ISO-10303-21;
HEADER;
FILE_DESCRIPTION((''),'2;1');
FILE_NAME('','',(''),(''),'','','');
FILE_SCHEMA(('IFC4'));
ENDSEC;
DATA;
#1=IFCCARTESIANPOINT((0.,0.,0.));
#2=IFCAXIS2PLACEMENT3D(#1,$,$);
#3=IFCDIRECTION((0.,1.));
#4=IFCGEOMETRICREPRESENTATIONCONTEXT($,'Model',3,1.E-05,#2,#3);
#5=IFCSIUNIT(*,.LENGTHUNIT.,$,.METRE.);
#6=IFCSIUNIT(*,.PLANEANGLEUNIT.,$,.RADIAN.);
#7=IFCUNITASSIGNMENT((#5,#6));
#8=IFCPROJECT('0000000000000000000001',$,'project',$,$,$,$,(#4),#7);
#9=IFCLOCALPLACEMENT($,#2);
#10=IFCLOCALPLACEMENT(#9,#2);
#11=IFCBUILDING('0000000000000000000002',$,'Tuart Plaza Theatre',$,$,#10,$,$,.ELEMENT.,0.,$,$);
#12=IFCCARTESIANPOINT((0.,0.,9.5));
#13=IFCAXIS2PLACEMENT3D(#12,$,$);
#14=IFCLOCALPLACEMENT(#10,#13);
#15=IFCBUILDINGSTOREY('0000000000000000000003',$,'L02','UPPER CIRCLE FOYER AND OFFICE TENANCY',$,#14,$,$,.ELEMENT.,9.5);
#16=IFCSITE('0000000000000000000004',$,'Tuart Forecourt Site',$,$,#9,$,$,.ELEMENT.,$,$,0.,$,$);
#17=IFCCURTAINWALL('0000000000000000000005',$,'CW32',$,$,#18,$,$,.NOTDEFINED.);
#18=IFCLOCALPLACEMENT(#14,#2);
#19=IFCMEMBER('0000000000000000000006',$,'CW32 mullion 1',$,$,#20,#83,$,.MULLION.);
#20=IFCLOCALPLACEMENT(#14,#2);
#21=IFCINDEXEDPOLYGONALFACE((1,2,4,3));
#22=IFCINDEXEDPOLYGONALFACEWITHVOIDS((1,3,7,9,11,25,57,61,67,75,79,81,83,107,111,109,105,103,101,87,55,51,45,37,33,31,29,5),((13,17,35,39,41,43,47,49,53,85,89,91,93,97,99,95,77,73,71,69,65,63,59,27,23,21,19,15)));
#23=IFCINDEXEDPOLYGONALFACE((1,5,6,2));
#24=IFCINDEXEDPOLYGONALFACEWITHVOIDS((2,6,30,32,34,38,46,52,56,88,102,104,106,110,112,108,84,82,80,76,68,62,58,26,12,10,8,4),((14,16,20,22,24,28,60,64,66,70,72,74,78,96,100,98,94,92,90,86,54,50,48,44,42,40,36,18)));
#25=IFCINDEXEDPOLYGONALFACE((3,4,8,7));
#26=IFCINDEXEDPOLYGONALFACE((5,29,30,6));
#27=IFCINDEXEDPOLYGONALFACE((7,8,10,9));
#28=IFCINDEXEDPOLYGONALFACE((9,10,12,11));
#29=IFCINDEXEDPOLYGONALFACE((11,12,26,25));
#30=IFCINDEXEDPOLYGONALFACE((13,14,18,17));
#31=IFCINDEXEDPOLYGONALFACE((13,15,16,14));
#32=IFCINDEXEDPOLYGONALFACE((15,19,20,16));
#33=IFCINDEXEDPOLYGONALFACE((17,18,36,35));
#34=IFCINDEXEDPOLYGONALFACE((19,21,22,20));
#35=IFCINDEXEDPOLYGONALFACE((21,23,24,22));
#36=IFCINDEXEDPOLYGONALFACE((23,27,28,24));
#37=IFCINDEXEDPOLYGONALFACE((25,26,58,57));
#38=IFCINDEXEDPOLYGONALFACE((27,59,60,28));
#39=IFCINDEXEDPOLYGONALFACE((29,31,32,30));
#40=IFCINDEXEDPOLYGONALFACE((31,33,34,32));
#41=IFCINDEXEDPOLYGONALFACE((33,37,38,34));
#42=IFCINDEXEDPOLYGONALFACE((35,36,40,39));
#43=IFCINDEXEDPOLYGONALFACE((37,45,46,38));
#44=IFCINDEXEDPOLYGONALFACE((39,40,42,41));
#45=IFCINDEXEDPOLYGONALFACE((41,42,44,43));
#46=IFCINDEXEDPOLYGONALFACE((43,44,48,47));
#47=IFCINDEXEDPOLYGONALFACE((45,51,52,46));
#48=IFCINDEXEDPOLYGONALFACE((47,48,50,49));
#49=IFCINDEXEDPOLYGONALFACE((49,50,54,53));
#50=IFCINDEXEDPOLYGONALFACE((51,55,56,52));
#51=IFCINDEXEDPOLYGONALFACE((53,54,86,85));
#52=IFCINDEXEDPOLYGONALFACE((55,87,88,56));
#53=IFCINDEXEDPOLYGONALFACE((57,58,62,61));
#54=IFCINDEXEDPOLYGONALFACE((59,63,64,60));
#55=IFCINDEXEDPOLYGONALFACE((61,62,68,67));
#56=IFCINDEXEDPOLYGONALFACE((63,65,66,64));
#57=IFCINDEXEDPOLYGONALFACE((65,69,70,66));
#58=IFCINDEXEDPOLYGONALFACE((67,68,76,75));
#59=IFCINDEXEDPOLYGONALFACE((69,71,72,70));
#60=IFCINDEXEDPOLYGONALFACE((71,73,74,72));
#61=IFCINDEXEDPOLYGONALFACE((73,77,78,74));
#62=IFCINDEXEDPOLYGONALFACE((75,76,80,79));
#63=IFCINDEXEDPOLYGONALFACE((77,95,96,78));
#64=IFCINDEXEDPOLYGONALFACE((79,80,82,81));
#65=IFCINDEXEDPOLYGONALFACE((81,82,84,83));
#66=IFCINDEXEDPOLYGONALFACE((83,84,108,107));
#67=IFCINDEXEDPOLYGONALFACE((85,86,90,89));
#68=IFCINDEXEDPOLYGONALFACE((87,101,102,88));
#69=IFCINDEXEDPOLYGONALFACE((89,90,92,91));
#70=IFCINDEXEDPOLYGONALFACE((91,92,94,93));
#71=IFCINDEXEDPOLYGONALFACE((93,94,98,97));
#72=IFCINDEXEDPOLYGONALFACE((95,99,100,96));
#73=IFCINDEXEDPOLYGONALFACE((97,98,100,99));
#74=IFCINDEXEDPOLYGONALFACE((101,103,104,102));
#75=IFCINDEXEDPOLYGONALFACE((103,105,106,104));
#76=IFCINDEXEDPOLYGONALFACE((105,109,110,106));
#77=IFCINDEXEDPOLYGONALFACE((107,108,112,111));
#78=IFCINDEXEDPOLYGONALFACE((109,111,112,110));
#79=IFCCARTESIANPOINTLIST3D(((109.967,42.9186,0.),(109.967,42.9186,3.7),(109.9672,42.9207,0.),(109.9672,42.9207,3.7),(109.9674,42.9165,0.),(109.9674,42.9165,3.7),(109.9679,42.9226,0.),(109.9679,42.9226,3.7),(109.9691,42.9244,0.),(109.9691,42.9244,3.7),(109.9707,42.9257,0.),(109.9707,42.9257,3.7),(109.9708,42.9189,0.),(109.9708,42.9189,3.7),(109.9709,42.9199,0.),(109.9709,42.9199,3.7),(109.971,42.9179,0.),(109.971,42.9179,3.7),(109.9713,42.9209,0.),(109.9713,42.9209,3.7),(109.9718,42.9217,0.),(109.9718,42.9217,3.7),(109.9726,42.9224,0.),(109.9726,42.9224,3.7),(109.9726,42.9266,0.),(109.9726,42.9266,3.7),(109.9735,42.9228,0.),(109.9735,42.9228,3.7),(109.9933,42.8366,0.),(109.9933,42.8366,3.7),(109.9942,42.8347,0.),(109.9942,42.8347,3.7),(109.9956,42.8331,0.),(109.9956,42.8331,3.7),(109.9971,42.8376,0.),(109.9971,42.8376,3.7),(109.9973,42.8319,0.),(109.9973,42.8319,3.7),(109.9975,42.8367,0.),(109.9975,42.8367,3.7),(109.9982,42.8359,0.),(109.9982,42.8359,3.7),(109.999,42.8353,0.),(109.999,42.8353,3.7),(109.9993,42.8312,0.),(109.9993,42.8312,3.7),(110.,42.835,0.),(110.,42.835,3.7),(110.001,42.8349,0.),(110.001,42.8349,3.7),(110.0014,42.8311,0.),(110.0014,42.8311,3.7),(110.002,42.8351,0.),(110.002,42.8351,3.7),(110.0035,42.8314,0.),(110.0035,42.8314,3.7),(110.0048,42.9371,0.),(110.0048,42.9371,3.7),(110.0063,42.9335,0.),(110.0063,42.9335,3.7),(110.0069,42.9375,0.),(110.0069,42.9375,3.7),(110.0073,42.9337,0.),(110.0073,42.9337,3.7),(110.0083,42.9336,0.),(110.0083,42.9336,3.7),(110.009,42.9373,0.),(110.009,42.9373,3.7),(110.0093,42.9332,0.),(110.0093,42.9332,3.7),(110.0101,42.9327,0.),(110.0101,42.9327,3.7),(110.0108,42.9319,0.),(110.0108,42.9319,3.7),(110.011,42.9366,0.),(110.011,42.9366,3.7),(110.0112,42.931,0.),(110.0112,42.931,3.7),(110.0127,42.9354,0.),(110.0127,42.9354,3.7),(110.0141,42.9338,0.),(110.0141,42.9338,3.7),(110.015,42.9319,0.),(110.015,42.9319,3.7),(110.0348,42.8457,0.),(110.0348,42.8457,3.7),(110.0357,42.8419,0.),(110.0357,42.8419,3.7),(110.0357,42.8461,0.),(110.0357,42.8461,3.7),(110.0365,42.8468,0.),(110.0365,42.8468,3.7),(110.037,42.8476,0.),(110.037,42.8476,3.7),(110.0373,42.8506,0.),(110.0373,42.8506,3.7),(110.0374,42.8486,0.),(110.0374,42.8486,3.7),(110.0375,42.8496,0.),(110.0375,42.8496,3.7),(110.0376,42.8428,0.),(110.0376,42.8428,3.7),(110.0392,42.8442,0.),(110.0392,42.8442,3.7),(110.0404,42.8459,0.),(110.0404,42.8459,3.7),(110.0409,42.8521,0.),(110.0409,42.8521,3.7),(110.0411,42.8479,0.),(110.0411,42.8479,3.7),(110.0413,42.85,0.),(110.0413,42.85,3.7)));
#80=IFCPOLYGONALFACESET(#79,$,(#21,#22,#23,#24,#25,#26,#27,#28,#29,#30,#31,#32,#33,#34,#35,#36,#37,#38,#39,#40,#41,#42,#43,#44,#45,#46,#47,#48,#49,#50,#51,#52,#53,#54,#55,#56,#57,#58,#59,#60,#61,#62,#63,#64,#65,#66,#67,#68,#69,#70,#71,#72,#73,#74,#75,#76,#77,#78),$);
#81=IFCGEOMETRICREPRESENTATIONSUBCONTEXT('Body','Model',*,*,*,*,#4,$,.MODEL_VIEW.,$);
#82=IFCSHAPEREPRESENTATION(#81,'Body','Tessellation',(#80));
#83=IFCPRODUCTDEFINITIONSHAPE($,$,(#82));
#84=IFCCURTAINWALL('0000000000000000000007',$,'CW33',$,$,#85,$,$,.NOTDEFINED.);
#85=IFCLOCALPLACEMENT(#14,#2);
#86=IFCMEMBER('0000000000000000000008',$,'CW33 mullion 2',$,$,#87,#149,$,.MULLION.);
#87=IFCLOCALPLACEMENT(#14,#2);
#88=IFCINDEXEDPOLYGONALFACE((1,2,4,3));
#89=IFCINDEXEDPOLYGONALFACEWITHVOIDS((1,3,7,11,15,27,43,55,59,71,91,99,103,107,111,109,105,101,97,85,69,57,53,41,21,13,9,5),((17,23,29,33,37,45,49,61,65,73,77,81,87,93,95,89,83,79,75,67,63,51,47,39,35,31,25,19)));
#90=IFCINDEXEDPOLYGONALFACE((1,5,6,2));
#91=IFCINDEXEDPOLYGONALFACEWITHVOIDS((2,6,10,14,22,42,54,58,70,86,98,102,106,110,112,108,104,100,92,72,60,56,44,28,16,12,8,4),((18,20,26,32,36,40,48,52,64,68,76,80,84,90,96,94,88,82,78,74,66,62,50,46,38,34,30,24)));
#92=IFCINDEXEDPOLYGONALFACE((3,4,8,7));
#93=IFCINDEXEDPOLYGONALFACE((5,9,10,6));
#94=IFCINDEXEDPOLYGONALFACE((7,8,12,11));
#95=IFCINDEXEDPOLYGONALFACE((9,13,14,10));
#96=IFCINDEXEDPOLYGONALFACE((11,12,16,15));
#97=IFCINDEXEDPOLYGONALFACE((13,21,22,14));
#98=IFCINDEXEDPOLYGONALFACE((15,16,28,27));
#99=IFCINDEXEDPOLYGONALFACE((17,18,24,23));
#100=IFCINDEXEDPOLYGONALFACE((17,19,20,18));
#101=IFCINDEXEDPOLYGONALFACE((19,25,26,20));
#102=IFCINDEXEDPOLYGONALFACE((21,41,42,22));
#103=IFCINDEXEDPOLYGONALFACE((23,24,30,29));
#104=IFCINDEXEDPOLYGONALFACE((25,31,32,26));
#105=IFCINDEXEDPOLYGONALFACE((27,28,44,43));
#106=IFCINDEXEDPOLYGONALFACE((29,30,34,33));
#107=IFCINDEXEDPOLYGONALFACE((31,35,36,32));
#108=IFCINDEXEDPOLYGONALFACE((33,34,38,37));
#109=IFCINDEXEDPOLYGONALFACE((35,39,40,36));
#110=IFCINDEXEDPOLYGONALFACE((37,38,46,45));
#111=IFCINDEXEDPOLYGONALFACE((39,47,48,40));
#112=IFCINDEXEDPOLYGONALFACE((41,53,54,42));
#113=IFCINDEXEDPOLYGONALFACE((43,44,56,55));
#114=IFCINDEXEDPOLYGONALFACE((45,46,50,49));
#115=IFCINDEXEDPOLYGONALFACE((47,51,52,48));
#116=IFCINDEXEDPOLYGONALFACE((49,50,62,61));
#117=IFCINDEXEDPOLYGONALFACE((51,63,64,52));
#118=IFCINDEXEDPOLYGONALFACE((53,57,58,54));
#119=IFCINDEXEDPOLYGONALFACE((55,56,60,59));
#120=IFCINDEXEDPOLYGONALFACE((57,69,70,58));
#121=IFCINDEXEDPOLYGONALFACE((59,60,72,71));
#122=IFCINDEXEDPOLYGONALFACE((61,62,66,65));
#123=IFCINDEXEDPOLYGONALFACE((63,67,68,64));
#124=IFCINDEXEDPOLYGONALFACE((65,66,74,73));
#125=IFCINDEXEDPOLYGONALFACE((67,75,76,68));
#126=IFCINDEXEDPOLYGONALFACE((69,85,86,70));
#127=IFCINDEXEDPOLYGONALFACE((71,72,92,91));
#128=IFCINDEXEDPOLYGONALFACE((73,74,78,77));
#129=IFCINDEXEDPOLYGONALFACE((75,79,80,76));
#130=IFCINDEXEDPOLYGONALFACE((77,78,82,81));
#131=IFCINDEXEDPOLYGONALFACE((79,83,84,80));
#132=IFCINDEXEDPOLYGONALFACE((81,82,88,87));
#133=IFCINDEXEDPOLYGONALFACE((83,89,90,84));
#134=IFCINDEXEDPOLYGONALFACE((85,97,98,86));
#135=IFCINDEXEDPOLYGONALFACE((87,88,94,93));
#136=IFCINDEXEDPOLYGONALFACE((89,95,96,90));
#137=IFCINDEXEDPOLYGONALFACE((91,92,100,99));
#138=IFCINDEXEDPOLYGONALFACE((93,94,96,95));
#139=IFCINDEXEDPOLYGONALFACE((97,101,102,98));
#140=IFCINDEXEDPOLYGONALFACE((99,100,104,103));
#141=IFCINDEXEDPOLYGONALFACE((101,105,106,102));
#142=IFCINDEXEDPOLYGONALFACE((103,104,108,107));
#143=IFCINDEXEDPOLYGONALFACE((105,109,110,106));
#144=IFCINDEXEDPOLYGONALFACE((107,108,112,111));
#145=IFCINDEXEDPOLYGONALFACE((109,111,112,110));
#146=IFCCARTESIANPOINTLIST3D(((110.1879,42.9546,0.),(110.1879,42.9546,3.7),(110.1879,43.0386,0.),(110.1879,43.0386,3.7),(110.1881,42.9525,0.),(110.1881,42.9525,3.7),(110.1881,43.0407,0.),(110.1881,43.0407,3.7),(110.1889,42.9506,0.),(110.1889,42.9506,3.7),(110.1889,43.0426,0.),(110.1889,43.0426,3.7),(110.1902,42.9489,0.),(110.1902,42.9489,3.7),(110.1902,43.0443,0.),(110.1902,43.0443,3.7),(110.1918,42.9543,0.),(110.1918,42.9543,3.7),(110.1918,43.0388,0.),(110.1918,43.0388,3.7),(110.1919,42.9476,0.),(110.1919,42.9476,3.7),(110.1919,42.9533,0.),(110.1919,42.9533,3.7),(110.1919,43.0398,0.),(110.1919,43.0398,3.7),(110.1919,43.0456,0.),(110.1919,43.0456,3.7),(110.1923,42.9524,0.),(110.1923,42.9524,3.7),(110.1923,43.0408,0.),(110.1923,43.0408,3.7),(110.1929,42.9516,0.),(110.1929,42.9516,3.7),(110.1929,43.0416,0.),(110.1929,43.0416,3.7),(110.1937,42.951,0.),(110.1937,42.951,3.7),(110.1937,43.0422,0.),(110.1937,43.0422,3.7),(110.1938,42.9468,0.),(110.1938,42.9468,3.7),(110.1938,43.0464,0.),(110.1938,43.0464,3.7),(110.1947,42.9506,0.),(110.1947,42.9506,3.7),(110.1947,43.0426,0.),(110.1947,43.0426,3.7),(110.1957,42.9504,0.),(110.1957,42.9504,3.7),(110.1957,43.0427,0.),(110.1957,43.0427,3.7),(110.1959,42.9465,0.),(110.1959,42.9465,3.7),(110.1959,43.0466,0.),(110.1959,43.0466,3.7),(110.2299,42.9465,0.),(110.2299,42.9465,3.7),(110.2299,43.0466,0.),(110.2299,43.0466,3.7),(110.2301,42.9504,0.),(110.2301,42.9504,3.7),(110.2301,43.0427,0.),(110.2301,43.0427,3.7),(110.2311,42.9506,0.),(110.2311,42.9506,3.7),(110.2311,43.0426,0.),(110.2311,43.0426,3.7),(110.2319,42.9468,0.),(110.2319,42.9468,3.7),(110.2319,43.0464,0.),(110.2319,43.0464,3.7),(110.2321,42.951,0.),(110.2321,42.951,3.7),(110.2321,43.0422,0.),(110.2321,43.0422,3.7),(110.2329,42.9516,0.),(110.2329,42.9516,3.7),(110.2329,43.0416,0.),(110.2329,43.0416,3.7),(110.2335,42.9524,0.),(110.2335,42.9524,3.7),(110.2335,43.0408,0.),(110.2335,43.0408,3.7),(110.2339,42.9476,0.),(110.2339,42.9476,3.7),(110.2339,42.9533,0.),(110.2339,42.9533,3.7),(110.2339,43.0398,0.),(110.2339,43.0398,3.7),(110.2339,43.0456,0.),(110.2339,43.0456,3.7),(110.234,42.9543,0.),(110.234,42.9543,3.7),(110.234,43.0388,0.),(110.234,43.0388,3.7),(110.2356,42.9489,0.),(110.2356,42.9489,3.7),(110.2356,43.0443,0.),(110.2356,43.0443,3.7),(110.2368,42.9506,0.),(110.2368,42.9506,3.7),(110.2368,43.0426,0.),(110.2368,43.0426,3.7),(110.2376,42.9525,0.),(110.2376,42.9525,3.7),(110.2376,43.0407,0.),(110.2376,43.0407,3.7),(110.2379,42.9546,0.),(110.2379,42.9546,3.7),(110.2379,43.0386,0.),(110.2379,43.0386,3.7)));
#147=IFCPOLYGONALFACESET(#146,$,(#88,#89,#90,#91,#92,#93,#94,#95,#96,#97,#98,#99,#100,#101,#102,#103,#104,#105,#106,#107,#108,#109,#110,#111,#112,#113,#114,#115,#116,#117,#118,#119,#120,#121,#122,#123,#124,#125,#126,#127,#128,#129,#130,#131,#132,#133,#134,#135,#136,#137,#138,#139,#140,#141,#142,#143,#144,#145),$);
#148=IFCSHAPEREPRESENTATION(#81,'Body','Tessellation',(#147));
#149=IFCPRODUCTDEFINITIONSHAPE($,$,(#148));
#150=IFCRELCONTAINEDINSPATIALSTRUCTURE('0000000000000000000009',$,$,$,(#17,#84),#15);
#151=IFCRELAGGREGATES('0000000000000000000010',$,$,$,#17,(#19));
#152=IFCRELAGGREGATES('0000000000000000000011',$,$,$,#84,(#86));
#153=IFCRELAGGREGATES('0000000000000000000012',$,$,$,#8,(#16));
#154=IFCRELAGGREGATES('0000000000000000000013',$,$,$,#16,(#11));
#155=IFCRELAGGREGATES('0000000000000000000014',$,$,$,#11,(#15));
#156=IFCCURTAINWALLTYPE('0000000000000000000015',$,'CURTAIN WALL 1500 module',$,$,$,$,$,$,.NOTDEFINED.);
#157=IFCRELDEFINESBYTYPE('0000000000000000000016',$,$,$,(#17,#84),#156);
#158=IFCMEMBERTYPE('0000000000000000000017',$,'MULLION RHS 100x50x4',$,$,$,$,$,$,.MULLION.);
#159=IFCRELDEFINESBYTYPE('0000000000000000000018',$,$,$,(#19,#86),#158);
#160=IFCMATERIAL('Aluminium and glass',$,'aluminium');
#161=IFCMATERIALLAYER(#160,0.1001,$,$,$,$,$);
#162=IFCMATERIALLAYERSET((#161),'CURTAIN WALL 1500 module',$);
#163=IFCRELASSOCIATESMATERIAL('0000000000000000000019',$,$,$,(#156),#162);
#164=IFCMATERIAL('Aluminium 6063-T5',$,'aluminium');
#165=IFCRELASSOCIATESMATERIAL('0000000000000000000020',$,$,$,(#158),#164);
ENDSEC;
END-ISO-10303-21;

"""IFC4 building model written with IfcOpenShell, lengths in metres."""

from ifc_helpers import new_model, si_unit, direction, frame, origin, origin_2d, place, context, subcontext, project, spatial, hollow_rectangle, extrude, material, layer, layer_set, material_profile, profile_set, type_object, element, aggregate, save


model = new_model("IFC4")

# Units and contexts
model_context = context("Model", 3, precision=1e-05, world=origin(), true_north=direction((0.0, 1.0)))
body_context = subcontext(model_context, "Body", "Model", "MODEL_VIEW")
ifc_project = project(units=[si_unit("LENGTHUNIT", "METRE"), si_unit("PLANEANGLEUNIT", "RADIAN")], contexts=[model_context])

# Site, building, storey
site_placement = place(None, origin())
site = spatial("IfcSite", under=ifc_project, at=site_placement, Name="Tuart Forecourt Site", CompositionType="ELEMENT", RefElevation=0.0)
building_placement = place(site_placement, origin())
building = spatial("IfcBuilding", under=site, at=building_placement, Name="Tuart Plaza Theatre", CompositionType="ELEMENT", ElevationOfRefHeight=0.0)
storey_placement = place(building_placement, frame((0.0, 0.0, 9.5)))
storey = spatial("IfcBuildingStorey", under=building, at=storey_placement, Name="L02", Description="UPPER CIRCLE FOYER AND OFFICE TENANCY", CompositionType="ELEMENT", Elevation=9.5)

# Curtain wall, member
ifc_material_1 = material(Name="Aluminium and glass", Category="aluminium")
ifc_layer_1 = layer(ifc_material_1, 0.1001)
ifc_layer_set_1 = layer_set([ifc_layer_1], Name="CURTAIN WALL 1500 module")
curtain_wall_type = type_object("IfcCurtainWallType", Name="CURTAIN WALL 1500 module", PredefinedType="NOTDEFINED", material=ifc_layer_set_1)
ifc_material_2 = material(Name="Aluminium 6063-T5", Category="aluminium")
ifc_material_profile_1 = material_profile(ifc_material_2, hollow_rectangle(XDim=0.05, YDim=0.1001, WallThickness=0.0039, InnerFilletRadius=0.0039, OuterFilletRadius=0.0081, at=origin_2d()), Name="RHS 100x50x4")
ifc_profile_set_1 = profile_set([ifc_material_profile_1], Name="Aluminium 6063-T5")
member_type_1 = type_object("IfcMemberType", Name="MULLION RHS 100x50x4", PredefinedType="MULLION", material=ifc_profile_set_1)
curtain_wall_1_placement = place(storey_placement, origin())
curtain_wall_1 = element("IfcCurtainWall", 1, at=curtain_wall_1_placement, inside=storey, type_object=curtain_wall_type, Name="CW32", PredefinedType="NOTDEFINED")
member_1_placement = place(storey_placement, frame((110.0042, 42.8843, 0.0), z_axis=(0.0, 0.0, 1.0), x_axis=(0.951122, 0.308815, 0.0)))
member_1 = element("IfcMember", 2, at=member_1_placement, type_object=member_type_1, Name="CW32 mullion 1", PredefinedType="MULLION", context=body_context, shape_type="SweptSolid", body=[
    extrude(hollow_rectangle(XDim=0.05, YDim=0.1001, WallThickness=0.0039, InnerFilletRadius=0.0039, OuterFilletRadius=0.0081, at=origin_2d()), origin(), (0.0, 0.0, 1.0), 3.7),
])

# Curtain wall, member
curtain_wall_2_placement = place(storey_placement, origin())
curtain_wall_2 = element("IfcCurtainWall", 3, at=curtain_wall_2_placement, inside=storey, type_object=curtain_wall_type, Name="CW33", PredefinedType="NOTDEFINED")
member_2_placement = place(storey_placement, frame((110.2129, 42.9966, 0.0), z_axis=(0.0, 0.0, 1.0), x_axis=(-1.0, 0.0, 0.0)))
member_2 = element("IfcMember", 4, at=member_2_placement, type_object=member_type_1, Name="CW33 mullion 2", PredefinedType="MULLION", context=body_context, shape_type="SweptSolid", body=[
    extrude(hollow_rectangle(XDim=0.05, YDim=0.1001, WallThickness=0.0039, InnerFilletRadius=0.0039, OuterFilletRadius=0.0081, at=origin_2d()), origin(), (0.0, 0.0, 1.0), 3.7),
])

aggregate(curtain_wall_1, [member_1])

aggregate(curtain_wall_2, [member_2])

save(model, "model.ifc")
